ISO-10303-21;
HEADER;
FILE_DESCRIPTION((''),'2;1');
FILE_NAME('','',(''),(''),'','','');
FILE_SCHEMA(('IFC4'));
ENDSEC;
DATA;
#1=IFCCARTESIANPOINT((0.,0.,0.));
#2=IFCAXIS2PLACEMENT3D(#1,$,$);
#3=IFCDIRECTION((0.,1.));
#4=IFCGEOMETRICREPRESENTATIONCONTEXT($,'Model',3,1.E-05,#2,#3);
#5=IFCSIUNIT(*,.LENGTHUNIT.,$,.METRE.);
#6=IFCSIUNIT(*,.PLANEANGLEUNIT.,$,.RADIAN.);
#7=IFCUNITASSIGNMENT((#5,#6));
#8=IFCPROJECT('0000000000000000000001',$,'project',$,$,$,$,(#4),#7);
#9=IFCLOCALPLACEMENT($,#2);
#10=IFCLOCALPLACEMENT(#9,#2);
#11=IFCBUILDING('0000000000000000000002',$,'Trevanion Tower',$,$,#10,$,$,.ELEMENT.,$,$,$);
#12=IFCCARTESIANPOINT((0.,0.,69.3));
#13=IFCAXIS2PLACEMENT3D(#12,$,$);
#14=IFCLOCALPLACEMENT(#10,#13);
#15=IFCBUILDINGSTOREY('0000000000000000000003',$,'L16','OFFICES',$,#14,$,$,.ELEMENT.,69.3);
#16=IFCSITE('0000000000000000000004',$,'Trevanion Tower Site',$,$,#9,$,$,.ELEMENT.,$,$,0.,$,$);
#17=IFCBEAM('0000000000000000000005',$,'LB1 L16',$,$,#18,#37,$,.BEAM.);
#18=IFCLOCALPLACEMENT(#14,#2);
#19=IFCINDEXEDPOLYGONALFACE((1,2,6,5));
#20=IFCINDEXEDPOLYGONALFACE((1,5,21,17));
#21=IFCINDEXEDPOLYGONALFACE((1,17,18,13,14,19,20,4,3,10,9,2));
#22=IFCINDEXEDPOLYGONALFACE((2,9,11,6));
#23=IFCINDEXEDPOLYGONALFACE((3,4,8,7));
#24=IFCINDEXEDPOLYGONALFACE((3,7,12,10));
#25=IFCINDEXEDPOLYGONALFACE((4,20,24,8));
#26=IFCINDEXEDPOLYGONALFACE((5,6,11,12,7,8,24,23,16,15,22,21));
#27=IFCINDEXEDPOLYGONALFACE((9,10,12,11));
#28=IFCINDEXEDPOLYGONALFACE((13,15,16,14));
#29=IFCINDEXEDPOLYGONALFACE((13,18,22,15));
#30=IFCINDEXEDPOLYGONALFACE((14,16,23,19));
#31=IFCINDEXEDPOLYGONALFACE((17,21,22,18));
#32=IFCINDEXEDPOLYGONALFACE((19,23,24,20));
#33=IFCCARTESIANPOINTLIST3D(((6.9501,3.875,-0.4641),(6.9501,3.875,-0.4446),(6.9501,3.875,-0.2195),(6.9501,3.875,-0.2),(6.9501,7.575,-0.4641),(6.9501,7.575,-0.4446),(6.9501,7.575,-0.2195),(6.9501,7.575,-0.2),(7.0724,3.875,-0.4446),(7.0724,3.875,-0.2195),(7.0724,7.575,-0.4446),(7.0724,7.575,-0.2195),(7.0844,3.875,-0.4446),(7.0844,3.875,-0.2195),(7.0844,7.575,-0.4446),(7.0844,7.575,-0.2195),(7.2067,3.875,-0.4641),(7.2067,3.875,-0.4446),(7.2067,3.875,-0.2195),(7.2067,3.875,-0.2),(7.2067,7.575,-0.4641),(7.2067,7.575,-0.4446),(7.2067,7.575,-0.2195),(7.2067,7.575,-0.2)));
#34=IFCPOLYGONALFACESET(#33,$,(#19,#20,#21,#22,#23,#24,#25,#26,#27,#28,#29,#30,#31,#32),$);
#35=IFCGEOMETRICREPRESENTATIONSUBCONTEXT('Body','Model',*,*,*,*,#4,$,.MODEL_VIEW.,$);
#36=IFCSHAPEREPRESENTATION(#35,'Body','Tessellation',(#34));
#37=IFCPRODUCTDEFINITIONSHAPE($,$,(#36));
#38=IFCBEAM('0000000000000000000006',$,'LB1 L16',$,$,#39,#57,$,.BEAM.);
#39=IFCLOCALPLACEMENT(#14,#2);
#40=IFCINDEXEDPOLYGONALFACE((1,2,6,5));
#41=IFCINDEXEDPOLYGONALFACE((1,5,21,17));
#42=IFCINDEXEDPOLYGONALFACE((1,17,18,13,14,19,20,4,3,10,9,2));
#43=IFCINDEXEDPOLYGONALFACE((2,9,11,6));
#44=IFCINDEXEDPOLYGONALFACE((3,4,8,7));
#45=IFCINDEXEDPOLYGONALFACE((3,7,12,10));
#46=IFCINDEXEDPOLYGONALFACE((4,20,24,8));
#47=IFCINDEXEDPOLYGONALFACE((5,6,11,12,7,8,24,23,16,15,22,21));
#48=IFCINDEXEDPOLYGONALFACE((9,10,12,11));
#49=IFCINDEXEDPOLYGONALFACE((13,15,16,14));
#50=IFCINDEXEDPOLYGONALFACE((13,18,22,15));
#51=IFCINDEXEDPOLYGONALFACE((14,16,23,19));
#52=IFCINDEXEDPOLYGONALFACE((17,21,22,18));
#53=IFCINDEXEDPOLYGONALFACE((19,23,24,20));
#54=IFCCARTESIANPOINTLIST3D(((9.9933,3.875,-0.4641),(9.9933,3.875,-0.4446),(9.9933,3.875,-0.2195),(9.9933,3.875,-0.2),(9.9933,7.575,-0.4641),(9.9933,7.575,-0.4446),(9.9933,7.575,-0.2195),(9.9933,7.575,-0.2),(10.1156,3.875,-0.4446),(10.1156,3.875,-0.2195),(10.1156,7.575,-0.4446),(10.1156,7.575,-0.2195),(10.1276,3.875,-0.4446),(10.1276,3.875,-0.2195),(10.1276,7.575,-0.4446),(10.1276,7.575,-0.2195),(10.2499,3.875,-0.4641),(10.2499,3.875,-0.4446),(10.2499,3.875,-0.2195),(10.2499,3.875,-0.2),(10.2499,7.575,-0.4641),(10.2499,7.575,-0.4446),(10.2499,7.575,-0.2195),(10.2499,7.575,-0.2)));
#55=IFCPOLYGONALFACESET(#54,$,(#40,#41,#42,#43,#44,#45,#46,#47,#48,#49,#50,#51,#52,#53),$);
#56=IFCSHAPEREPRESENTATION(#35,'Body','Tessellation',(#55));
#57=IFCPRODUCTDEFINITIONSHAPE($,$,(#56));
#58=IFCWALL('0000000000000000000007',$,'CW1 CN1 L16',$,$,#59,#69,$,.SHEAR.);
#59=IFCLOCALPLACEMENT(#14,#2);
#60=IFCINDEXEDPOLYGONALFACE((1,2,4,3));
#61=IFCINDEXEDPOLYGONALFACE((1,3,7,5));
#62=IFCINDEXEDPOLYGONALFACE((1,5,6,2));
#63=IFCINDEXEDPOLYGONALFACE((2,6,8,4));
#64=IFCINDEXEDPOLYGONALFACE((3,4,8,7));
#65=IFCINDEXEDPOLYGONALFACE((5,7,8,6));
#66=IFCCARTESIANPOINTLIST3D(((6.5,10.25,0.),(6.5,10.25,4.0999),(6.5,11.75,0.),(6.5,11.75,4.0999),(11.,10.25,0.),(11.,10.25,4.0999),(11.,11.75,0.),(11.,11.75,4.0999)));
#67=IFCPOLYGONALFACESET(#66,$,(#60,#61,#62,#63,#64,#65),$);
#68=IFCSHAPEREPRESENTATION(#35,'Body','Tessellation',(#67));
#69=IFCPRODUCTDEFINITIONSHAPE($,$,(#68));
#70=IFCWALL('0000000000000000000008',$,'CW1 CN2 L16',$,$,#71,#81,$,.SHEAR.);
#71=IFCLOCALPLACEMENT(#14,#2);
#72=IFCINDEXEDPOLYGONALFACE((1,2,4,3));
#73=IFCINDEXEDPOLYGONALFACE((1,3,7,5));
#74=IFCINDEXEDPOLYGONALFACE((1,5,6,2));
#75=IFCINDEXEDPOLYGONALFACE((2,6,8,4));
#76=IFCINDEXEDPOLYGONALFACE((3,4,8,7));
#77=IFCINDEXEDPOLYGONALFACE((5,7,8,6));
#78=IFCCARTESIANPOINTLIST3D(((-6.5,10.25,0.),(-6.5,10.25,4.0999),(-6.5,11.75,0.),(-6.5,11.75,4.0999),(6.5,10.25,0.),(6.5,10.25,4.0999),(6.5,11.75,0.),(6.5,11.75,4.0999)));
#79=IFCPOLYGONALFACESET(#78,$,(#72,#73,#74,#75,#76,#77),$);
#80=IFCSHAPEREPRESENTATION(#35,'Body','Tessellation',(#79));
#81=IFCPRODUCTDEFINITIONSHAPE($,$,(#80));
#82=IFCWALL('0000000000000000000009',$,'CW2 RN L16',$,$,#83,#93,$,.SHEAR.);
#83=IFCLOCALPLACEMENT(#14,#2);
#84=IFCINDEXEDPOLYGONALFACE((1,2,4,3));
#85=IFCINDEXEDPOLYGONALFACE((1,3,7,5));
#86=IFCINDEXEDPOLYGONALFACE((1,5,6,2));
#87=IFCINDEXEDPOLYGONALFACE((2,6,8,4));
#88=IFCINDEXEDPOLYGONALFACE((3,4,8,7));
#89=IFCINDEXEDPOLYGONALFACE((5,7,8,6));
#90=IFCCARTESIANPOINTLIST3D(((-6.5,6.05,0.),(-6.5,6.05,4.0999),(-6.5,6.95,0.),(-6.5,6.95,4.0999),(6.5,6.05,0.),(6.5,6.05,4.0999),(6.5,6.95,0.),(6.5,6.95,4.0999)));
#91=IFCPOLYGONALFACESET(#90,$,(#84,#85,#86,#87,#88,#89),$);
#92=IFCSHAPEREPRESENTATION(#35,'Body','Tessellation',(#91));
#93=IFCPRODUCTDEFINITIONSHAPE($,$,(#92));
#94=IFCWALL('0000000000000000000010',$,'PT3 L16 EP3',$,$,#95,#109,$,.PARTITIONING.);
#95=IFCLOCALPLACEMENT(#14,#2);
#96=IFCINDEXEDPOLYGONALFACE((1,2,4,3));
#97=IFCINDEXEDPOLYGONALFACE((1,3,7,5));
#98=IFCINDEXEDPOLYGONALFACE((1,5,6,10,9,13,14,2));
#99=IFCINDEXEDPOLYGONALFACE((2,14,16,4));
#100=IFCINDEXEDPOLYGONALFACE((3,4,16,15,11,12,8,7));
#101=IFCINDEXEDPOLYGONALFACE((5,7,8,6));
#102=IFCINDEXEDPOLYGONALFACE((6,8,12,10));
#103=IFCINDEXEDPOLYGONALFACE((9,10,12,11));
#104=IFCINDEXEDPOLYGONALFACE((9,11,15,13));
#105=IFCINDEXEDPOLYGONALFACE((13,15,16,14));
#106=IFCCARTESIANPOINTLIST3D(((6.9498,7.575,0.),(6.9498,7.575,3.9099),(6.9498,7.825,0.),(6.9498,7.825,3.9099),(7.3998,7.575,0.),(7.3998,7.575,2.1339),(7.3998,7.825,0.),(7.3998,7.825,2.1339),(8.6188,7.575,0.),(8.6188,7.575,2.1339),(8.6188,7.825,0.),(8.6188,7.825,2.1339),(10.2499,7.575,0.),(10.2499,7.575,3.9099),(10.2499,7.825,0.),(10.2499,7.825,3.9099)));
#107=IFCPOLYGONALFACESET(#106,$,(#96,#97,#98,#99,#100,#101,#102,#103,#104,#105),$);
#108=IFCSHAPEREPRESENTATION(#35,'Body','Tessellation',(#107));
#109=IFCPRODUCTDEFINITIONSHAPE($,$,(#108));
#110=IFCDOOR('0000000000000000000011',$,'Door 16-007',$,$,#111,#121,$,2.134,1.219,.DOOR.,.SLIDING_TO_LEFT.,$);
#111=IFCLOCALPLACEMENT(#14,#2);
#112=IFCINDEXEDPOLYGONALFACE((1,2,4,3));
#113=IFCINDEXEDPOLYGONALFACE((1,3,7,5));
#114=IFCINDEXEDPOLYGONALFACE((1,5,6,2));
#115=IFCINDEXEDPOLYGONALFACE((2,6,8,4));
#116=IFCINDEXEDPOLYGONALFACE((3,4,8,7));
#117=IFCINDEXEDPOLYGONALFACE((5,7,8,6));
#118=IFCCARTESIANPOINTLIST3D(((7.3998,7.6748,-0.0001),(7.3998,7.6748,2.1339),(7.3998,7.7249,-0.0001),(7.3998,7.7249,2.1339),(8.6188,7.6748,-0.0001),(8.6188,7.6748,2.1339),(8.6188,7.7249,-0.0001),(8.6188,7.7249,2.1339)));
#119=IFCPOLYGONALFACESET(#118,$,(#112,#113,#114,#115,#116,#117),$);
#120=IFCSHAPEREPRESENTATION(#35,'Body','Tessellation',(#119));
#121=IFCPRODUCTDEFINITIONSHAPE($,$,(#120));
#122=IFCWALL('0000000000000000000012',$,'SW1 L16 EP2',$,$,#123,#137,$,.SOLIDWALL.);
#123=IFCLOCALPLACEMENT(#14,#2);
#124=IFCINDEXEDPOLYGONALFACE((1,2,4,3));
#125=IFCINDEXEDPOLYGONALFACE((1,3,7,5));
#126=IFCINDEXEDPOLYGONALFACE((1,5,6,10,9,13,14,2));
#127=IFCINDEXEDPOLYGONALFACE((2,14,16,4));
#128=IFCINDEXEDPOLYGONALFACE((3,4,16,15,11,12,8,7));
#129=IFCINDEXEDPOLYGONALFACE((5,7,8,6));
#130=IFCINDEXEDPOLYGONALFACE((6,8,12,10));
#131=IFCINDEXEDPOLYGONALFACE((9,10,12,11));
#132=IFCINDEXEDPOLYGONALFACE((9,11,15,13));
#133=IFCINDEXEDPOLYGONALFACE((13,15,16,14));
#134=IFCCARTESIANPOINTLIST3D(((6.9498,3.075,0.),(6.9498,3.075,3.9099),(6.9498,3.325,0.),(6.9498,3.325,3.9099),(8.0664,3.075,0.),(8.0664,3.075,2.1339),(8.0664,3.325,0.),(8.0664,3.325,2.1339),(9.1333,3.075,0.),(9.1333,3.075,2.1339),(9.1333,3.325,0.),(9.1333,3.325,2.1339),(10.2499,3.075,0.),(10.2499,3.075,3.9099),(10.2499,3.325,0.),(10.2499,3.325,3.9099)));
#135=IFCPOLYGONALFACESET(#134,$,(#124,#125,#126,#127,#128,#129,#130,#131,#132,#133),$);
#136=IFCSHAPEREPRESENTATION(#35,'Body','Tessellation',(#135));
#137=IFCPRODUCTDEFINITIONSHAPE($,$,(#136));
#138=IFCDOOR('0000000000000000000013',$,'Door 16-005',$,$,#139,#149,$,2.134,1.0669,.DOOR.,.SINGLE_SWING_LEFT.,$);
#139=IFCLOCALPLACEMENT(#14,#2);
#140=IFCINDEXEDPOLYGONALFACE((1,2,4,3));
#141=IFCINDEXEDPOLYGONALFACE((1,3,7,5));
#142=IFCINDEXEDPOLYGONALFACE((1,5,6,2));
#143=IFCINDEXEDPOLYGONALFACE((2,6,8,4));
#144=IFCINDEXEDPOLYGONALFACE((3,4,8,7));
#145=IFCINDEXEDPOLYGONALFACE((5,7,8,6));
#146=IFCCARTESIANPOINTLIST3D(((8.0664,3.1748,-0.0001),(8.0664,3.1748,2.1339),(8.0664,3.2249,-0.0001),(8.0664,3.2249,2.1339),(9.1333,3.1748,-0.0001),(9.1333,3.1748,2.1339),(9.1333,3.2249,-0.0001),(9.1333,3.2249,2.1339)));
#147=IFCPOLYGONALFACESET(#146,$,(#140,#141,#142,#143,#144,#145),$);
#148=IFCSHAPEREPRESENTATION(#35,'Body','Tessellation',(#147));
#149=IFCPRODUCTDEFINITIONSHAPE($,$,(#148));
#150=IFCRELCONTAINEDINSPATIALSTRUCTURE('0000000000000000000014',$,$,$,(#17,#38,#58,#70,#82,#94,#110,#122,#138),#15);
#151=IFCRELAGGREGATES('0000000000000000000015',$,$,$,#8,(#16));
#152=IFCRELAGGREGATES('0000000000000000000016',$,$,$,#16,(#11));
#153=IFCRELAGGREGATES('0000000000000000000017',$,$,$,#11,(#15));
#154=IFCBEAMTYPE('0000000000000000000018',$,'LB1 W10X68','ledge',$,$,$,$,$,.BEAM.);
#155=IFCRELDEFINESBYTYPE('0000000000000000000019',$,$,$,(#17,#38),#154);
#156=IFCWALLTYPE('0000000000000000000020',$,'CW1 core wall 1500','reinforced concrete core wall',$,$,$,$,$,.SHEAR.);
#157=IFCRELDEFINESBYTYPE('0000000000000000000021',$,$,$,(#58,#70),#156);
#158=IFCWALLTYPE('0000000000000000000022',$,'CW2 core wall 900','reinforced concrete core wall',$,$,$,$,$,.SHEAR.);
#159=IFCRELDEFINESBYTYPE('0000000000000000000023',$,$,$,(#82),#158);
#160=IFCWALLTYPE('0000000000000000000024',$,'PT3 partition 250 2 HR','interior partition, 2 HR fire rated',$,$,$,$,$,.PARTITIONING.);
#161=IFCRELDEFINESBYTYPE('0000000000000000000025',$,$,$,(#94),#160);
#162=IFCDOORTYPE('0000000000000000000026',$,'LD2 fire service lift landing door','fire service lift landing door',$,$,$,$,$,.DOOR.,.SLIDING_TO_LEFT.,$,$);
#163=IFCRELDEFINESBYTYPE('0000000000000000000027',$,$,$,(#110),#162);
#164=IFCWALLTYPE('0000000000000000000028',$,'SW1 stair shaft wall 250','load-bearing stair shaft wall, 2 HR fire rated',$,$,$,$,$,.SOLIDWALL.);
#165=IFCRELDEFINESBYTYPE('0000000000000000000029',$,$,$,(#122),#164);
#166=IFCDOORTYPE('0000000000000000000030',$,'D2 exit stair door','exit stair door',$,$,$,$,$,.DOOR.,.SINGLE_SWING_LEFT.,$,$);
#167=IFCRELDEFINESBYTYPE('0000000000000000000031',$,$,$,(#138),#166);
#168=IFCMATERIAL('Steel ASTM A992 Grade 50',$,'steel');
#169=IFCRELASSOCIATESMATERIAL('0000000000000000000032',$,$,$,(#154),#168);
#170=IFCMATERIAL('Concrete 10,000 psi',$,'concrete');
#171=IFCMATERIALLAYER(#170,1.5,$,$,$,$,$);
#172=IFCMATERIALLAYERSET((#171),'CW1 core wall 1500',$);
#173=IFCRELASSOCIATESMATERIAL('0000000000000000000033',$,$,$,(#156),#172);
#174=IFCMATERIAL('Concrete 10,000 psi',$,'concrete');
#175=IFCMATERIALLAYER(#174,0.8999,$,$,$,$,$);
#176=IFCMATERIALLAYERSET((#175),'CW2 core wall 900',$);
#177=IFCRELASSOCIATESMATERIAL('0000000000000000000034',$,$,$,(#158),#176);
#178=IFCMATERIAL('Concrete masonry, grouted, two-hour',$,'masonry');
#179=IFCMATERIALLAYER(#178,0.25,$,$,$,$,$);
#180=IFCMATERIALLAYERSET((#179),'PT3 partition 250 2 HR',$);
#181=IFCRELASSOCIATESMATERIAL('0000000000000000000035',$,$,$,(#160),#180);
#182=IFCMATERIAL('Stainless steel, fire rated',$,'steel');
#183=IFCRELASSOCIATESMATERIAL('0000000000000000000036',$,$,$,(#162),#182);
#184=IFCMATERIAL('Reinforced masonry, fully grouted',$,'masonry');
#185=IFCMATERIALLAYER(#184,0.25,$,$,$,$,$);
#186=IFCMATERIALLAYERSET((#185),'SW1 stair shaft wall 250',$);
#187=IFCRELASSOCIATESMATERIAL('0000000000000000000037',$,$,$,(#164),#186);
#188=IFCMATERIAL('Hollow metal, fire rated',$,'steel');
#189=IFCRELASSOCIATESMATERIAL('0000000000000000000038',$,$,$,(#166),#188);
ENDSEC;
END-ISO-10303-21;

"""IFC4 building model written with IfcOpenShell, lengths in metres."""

from ifc_helpers import new_model, si_unit, direction, frame, frame_2d, origin, origin_2d, place, context, subcontext, project, spatial, rectangle, i_section, extrude, material, layer, layer_set, material_profile, profile_set, type_object, element, fill, save


model = new_model("IFC4")

# Units and contexts
model_context = context("Model", 3, precision=1e-05, world=origin(), true_north=direction((0.0, 1.0)))
body_context = subcontext(model_context, "Body", "Model", "MODEL_VIEW")
ifc_project = project(units=[si_unit("LENGTHUNIT", "METRE"), si_unit("PLANEANGLEUNIT", "RADIAN")], contexts=[model_context])

# Site, building, storey
site_placement = place(None, origin())
site = spatial("IfcSite", under=ifc_project, at=site_placement, Name="Trevanion Tower Site", CompositionType="ELEMENT", RefElevation=0.0)
building_placement = place(site_placement, origin())
building = spatial("IfcBuilding", under=site, at=building_placement, Name="Trevanion Tower", CompositionType="ELEMENT")
storey_placement = place(building_placement, frame((0.0, 0.0, 69.3)))
storey = spatial("IfcBuildingStorey", under=building, at=storey_placement, Name="L16", Description="OFFICES", CompositionType="ELEMENT", Elevation=69.3)

# Beams
ifc_material_1 = material(Name="Steel ASTM A992 Grade 50", Category="steel")
ifc_material_profile_1 = material_profile(ifc_material_1, i_section(OverallWidth=0.2566, OverallDepth=0.2642, WebThickness=0.012, FlangeThickness=0.0195, at=origin_2d()), Name="W10X68")
ifc_profile_set_1 = profile_set([ifc_material_profile_1], Name="Steel ASTM A992 Grade 50")
beam_type_1 = type_object("IfcBeamType", Name="LB1 W10X68", Description="ledge", PredefinedType="BEAM", material=ifc_profile_set_1)
for number, where, z_axis, x_axis, name in (
    (1, (7.0784, 3.875, -0.332), (0.0, 1.0, 0.0), (-1.0, 0.0, 0.0), "LB1 L16"),
    (2, (10.1216, 3.875, -0.332), (0.0, 1.0, 0.0), (-1.0, 0.0, 0.0), "LB1 L16"),
):
    element("IfcBeam", number, at=place(storey_placement, frame(where, z_axis=z_axis, x_axis=x_axis)), inside=storey, type_object=beam_type_1, Name=name, PredefinedType="BEAM", context=body_context, shape_type="SweptSolid", body=[
        extrude(i_section(OverallWidth=0.2566, OverallDepth=0.2642, WebThickness=0.012, FlangeThickness=0.0195, at=origin_2d()), origin(), (0.0, 0.0, 1.0), 3.7),
    ])

# Walls
ifc_material_2 = material(Name="Concrete 10,000 psi", Category="concrete")
ifc_layer_1 = layer(ifc_material_2, 1.5)
ifc_layer_set_1 = layer_set([ifc_layer_1], Name="CW1 core wall 1500")
wall_type_1 = type_object("IfcWallType", Name="CW1 core wall 1500", Description="reinforced concrete core wall", PredefinedType="SHEAR", material=ifc_layer_set_1)
wall_1_placement = place(storey_placement, frame((11.0, 11.0, 0.0), z_axis=(0.0, 0.0, 1.0), x_axis=(-1.0, 0.0, 0.0)))
element("IfcWall", 3, at=wall_1_placement, inside=storey, type_object=wall_type_1, Name="CW1 CN1 L16", PredefinedType="SHEAR", context=body_context, shape_type="SweptSolid", body=[
    extrude(rectangle(XDim=4.5, YDim=1.5, at=frame_2d((2.25, 0.0))), origin(), (0.0, 0.0, 1.0), 4.0999),
])
wall_2_placement = place(storey_placement, frame((6.5, 11.0, 0.0), z_axis=(0.0, 0.0, 1.0), x_axis=(-1.0, 0.0, 0.0)))
element("IfcWall", 4, at=wall_2_placement, inside=storey, type_object=wall_type_1, Name="CW1 CN2 L16", PredefinedType="SHEAR", context=body_context, shape_type="SweptSolid", body=[
    extrude(rectangle(XDim=13.0, YDim=1.5, at=frame_2d((6.5, 0.0))), origin(), (0.0, 0.0, 1.0), 4.0999),
])
ifc_material_3 = material(Name="Concrete 10,000 psi", Category="concrete")
ifc_layer_2 = layer(ifc_material_3, 0.8999)
ifc_layer_set_2 = layer_set([ifc_layer_2], Name="CW2 core wall 900")
wall_type_2 = type_object("IfcWallType", Name="CW2 core wall 900", Description="reinforced concrete core wall", PredefinedType="SHEAR", material=ifc_layer_set_2)
wall_3_placement = place(storey_placement, frame((6.5, 6.5, 0.0), z_axis=(0.0, 0.0, 1.0), x_axis=(-1.0, 0.0, 0.0)))
element("IfcWall", 5, at=wall_3_placement, inside=storey, type_object=wall_type_2, Name="CW2 RN L16", PredefinedType="SHEAR", context=body_context, shape_type="SweptSolid", body=[
    extrude(rectangle(XDim=13.0, YDim=0.8999, at=frame_2d((6.5, 0.0))), origin(), (0.0, 0.0, 1.0), 4.0999),
])

# Walls, openings, doors
ifc_material_4 = material(Name="Concrete masonry, grouted, two-hour", Category="masonry")
ifc_layer_3 = layer(ifc_material_4, 0.25)
ifc_layer_set_3 = layer_set([ifc_layer_3], Name="PT3 partition 250 2 HR")
wall_type_3 = type_object("IfcWallType", Name="PT3 partition 250 2 HR", Description="interior partition, 2 HR fire rated", PredefinedType="PARTITIONING", material=ifc_layer_set_3)
wall_4_placement = place(storey_placement, frame((6.95, 7.7, 0.0), z_axis=(0.0, 0.0, 1.0), x_axis=(1.0, 0.0, 0.0)))
wall_4 = element("IfcWall", 6, at=wall_4_placement, inside=storey, type_object=wall_type_3, Name="PT3 L16 EP3", PredefinedType="PARTITIONING", context=body_context, shape_type="SweptSolid", body=[
    extrude(rectangle(XDim=3.3, YDim=0.25, at=frame_2d((1.6499, 0.0))), origin(), (0.0, 0.0, 1.0), 3.9099),
])
opening_1_placement = place(wall_4_placement, frame((0.45, 0.0, 0.0)))
opening_1 = element("IfcOpeningElement", 7, at=opening_1_placement, cuts=wall_4, PredefinedType="OPENING", context=body_context, shape_type="SweptSolid", body=[
    extrude(rectangle(XDim=1.219, YDim=2.134, at=frame_2d((0.6094, 1.0669))), frame((0.0, 0.135, 0.0), z_axis=(0.0, -1.0, 0.0), x_axis=(1.0, 0.0, 0.0)), (0.0, 0.0, 1.0), 0.27),
])
ifc_material_5 = material(Name="Stainless steel, fire rated", Category="steel")
door_type_1 = type_object("IfcDoorType", Name="LD2 fire service lift landing door", Description="fire service lift landing door", OperationType="SLIDING_TO_LEFT", PredefinedType="DOOR", material=ifc_material_5)
door_1_placement = place(opening_1_placement, origin())
door_1 = element("IfcDoor", 8, at=door_1_placement, inside=storey, type_object=door_type_1, Name="Door 16-007", OperationType="SLIDING_TO_LEFT", OverallHeight=2.134, OverallWidth=1.219, PredefinedType="DOOR", context=body_context, shape_type="SweptSolid", body=[
    extrude(rectangle(XDim=1.219, YDim=2.134, at=frame_2d((0.6094, 1.0669))), frame((0.0, 0.0249, 0.0), z_axis=(0.0, -1.0, 0.0), x_axis=(1.0, 0.0, 0.0)), (0.0, 0.0, 1.0), 0.05),
])
fill(opening_1, door_1)
ifc_material_6 = material(Name="Reinforced masonry, fully grouted", Category="masonry")
ifc_layer_4 = layer(ifc_material_6, 0.25)
ifc_layer_set_4 = layer_set([ifc_layer_4], Name="SW1 stair shaft wall 250")
wall_type_4 = type_object("IfcWallType", Name="SW1 stair shaft wall 250", Description="load-bearing stair shaft wall, 2 HR fire rated", PredefinedType="SOLIDWALL", material=ifc_layer_set_4)
wall_5_placement = place(storey_placement, frame((6.95, 3.2, 0.0), z_axis=(0.0, 0.0, 1.0), x_axis=(1.0, 0.0, 0.0)))
wall_5 = element("IfcWall", 9, at=wall_5_placement, inside=storey, type_object=wall_type_4, Name="SW1 L16 EP2", PredefinedType="SOLIDWALL", context=body_context, shape_type="SweptSolid", body=[
    extrude(rectangle(XDim=3.3, YDim=0.25, at=frame_2d((1.6499, 0.0))), origin(), (0.0, 0.0, 1.0), 3.9099),
])
opening_2_placement = place(wall_5_placement, frame((1.1165, 0.0, 0.0)))
opening_2 = element("IfcOpeningElement", 10, at=opening_2_placement, cuts=wall_5, PredefinedType="OPENING", context=body_context, shape_type="SweptSolid", body=[
    extrude(rectangle(XDim=1.0669, YDim=2.134, at=frame_2d((0.5334, 1.0669))), frame((0.0, 0.135, 0.0), z_axis=(0.0, -1.0, 0.0), x_axis=(1.0, 0.0, 0.0)), (0.0, 0.0, 1.0), 0.27),
])
ifc_material_7 = material(Name="Hollow metal, fire rated", Category="steel")
door_type_2 = type_object("IfcDoorType", Name="D2 exit stair door", Description="exit stair door", OperationType="SINGLE_SWING_LEFT", PredefinedType="DOOR", material=ifc_material_7)
door_2_placement = place(opening_2_placement, origin())
door_2 = element("IfcDoor", 11, at=door_2_placement, inside=storey, type_object=door_type_2, Name="Door 16-005", OperationType="SINGLE_SWING_LEFT", OverallHeight=2.134, OverallWidth=1.0669, PredefinedType="DOOR", context=body_context, shape_type="SweptSolid", body=[
    extrude(rectangle(XDim=1.0669, YDim=2.134, at=frame_2d((0.5334, 1.0669))), frame((0.0, 0.0249, 0.0), z_axis=(0.0, -1.0, 0.0), x_axis=(1.0, 0.0, 0.0)), (0.0, 0.0, 1.0), 0.05),
])
fill(opening_2, door_2)

save(model, "model.ifc")
